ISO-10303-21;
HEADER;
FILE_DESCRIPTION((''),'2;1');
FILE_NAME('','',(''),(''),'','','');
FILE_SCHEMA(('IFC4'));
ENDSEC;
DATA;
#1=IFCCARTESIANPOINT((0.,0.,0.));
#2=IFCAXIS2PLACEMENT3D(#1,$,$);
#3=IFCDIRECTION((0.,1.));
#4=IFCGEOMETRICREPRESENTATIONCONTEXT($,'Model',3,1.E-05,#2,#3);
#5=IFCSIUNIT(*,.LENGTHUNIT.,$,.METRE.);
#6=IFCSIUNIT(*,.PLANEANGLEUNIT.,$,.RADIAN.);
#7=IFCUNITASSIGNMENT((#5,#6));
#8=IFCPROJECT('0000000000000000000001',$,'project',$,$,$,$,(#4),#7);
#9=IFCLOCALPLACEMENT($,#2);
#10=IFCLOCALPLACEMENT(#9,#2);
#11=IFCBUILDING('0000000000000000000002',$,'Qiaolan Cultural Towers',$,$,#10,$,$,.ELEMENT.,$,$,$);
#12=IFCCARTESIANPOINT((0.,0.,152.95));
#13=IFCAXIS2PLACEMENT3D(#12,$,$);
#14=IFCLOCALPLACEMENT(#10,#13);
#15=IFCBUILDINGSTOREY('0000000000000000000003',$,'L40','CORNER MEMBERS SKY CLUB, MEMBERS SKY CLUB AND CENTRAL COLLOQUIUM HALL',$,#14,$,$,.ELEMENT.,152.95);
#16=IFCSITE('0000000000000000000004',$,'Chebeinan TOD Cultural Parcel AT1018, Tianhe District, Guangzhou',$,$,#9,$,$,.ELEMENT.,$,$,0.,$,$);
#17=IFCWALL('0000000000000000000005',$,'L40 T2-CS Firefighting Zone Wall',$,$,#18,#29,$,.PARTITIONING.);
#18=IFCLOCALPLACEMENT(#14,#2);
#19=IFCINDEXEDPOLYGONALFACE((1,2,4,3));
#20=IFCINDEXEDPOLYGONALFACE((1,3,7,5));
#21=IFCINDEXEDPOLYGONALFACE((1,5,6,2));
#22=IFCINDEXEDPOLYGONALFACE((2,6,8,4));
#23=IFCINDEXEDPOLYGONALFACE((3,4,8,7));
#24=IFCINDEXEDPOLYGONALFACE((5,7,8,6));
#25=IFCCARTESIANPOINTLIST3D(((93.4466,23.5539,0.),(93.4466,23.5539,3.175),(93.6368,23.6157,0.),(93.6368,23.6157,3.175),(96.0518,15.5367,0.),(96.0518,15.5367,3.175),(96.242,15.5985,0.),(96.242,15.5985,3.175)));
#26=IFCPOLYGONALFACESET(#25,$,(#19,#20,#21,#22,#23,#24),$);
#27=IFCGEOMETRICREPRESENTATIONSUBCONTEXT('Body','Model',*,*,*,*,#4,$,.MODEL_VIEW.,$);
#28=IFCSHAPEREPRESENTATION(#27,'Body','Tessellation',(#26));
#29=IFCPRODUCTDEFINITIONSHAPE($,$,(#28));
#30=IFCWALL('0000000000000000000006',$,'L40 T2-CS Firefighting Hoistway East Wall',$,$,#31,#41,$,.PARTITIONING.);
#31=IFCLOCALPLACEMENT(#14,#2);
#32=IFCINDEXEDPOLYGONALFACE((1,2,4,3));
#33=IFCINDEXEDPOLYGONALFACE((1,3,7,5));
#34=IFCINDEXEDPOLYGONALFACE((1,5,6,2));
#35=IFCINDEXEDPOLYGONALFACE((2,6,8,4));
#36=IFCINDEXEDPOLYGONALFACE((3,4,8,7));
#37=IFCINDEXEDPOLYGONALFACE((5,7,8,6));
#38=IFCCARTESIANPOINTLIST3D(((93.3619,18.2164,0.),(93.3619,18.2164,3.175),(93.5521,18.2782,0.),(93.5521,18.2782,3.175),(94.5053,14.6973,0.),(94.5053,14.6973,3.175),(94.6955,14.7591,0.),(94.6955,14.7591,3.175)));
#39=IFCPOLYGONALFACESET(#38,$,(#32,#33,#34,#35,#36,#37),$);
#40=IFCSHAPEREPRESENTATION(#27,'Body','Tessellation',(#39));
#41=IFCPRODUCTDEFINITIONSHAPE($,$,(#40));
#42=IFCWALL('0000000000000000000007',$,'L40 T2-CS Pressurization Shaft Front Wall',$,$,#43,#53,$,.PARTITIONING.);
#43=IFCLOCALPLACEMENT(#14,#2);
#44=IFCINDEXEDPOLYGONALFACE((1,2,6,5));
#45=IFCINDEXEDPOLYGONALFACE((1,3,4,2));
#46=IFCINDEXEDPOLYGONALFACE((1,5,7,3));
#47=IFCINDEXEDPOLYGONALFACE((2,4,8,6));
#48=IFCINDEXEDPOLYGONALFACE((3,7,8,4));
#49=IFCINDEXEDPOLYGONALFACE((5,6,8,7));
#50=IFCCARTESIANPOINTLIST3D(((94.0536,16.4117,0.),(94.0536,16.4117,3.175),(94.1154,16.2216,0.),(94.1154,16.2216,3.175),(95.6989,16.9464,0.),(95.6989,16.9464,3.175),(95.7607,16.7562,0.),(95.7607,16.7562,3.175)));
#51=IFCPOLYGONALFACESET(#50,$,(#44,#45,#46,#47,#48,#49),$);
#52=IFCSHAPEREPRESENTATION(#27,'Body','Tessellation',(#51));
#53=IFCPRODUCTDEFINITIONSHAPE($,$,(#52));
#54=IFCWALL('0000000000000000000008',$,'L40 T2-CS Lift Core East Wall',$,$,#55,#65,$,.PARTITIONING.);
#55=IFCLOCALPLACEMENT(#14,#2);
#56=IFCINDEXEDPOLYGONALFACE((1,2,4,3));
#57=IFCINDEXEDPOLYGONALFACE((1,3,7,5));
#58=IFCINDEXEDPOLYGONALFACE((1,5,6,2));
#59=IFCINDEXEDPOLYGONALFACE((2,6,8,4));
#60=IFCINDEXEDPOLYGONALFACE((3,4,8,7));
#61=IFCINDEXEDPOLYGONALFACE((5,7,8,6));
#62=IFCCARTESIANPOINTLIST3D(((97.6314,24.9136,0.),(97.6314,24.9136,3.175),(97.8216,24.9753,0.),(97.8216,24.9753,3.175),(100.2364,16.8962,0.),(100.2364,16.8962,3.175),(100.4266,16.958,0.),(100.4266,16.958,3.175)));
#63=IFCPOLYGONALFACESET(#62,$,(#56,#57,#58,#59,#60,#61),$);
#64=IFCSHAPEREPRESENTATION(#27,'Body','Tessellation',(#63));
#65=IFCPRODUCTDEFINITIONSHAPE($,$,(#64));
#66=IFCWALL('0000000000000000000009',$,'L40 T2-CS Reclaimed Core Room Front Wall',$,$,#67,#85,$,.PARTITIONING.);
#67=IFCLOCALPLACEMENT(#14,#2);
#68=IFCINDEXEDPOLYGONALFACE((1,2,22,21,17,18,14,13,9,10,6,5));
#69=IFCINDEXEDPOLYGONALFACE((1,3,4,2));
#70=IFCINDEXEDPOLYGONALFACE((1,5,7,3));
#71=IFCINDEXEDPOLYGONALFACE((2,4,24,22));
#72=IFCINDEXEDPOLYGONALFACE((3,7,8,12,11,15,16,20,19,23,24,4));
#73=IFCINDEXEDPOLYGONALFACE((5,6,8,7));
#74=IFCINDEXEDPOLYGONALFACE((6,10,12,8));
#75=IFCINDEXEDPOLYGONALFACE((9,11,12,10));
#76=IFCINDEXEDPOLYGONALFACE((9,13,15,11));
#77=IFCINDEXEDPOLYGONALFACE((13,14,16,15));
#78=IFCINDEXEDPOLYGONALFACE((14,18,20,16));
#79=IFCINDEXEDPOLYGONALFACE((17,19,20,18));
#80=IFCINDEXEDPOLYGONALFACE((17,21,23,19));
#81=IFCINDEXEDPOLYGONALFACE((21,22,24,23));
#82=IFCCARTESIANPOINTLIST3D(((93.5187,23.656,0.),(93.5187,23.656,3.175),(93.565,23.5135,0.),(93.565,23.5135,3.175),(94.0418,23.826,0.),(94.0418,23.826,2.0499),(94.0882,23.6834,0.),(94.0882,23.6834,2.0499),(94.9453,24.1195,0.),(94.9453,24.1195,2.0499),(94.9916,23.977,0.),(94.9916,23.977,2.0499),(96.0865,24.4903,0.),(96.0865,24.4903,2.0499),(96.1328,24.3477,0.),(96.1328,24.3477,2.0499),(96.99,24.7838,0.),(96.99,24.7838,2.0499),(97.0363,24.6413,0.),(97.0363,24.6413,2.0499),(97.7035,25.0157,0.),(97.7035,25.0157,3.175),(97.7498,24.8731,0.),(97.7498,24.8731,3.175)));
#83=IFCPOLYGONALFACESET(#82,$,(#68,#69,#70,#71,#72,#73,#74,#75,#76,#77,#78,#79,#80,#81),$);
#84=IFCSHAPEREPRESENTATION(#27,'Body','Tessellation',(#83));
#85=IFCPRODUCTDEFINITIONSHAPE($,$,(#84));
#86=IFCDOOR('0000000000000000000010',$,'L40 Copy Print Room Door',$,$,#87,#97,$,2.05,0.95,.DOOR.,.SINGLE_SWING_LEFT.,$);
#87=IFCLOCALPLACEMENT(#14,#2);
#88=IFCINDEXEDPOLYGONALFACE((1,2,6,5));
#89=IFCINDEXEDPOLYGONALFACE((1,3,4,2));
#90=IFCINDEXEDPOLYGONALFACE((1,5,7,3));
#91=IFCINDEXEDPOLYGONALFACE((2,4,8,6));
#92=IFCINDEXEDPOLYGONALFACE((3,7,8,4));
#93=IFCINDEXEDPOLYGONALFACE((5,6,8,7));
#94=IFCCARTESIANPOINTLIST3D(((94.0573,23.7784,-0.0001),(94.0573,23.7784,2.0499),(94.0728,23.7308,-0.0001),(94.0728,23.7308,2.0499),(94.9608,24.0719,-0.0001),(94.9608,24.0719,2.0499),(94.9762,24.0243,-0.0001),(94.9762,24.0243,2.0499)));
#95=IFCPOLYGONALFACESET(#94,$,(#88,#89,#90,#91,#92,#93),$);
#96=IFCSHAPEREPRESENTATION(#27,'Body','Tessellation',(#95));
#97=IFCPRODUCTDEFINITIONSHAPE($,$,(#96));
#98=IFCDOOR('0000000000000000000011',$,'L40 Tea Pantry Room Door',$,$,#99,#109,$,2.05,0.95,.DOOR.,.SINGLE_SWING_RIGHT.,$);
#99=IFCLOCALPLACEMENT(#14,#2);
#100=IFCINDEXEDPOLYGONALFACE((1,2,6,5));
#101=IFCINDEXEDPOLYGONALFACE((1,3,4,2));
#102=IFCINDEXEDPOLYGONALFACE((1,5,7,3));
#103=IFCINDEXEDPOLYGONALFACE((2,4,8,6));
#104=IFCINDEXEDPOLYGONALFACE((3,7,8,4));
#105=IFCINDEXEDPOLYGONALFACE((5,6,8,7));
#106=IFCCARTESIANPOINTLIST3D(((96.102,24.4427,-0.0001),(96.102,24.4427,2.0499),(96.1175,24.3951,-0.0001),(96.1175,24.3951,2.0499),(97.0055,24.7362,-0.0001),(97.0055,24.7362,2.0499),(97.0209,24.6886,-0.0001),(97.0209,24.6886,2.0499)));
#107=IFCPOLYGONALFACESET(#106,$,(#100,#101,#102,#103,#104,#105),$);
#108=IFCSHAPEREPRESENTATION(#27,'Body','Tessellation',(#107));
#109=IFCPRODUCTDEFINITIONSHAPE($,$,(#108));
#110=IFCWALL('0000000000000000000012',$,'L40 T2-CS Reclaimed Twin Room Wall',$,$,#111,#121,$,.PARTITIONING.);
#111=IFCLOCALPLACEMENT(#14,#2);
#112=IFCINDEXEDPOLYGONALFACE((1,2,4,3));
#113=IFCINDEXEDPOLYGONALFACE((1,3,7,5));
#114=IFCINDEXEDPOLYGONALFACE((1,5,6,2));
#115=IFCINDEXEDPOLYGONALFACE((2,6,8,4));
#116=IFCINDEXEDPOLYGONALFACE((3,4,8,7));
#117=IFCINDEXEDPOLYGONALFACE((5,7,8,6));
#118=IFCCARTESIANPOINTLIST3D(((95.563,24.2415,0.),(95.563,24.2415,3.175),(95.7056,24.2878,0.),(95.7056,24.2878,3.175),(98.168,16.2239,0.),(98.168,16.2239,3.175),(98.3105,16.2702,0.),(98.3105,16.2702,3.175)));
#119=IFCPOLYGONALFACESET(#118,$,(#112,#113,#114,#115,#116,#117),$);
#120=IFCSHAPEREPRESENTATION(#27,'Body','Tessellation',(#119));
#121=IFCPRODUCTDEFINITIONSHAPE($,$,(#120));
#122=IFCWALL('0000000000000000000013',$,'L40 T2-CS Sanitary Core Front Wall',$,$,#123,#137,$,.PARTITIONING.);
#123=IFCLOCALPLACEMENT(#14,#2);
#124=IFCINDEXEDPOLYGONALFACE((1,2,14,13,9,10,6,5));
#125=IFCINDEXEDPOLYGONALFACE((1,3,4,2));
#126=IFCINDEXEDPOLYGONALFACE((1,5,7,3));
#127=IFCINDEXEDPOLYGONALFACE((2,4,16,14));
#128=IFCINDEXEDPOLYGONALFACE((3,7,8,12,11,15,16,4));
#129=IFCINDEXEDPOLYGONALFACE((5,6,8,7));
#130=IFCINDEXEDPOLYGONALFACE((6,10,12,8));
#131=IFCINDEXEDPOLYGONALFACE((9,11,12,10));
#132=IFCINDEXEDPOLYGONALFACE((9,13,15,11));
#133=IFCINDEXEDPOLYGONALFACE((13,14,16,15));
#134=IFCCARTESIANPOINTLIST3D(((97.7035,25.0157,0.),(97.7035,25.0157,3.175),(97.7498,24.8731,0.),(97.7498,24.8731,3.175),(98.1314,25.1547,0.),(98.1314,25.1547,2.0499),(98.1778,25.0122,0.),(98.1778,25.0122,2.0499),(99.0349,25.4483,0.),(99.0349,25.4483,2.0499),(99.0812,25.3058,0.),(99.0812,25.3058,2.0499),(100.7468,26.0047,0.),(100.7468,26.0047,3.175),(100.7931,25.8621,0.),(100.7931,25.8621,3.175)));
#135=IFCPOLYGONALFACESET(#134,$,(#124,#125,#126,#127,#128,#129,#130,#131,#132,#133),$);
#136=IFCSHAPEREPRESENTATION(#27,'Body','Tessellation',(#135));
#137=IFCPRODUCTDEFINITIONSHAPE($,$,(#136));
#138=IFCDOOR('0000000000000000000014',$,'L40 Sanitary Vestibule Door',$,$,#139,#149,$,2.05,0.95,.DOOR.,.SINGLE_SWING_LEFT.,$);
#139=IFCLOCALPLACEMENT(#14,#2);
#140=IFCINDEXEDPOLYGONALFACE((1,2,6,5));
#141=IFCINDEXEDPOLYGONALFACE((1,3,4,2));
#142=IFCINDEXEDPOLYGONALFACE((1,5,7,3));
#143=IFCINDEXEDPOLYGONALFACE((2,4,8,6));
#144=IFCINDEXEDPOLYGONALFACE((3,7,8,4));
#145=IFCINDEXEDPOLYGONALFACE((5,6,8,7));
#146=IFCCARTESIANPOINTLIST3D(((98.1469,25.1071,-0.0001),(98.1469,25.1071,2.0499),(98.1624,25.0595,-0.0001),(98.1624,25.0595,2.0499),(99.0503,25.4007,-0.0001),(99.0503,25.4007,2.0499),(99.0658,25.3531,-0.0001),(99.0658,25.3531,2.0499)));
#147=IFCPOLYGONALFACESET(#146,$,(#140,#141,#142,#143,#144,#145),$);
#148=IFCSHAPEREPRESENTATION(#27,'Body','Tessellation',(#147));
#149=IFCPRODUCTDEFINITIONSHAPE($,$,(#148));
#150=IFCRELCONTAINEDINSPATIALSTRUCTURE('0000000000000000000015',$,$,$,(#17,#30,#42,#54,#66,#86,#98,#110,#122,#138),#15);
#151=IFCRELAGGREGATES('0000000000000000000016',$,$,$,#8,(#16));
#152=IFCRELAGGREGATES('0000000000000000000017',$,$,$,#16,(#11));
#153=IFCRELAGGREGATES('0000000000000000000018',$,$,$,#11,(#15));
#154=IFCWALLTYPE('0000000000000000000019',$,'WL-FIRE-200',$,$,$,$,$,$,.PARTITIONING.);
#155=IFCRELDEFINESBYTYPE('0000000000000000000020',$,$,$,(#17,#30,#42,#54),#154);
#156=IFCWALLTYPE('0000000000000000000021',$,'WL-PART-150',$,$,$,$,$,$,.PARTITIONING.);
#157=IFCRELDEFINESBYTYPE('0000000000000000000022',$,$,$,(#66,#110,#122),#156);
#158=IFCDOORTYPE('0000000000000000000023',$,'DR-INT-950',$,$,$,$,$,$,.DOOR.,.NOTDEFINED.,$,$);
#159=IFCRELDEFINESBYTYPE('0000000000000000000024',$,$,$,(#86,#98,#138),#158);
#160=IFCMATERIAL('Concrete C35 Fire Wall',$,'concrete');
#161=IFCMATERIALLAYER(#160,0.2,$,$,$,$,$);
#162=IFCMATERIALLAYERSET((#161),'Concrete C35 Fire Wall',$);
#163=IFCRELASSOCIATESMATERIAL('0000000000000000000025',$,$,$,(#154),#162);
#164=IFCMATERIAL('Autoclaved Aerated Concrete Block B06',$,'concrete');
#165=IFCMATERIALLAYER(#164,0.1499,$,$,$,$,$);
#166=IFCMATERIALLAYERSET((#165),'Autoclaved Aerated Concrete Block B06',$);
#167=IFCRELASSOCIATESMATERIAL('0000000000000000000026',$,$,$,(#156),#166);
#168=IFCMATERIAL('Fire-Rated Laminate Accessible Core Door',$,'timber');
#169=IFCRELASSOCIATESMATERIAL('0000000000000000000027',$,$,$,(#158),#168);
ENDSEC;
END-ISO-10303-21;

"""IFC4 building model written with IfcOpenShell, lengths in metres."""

from ifc_helpers import new_model, si_unit, direction, frame, frame_2d, origin, place, context, subcontext, project, spatial, rectangle, extrude, material, layer, layer_set, type_object, element, fill, save


model = new_model("IFC4")

# Units and contexts
model_context = context("Model", 3, precision=1e-05, world=origin(), true_north=direction((0.0, 1.0)))
body_context = subcontext(model_context, "Body", "Model", "MODEL_VIEW")
ifc_project = project(units=[si_unit("LENGTHUNIT", "METRE"), si_unit("PLANEANGLEUNIT", "RADIAN")], contexts=[model_context])

# Site, building, storey
site_placement = place(None, origin())
site = spatial("IfcSite", under=ifc_project, at=site_placement, Name="Chebeinan TOD Cultural Parcel AT1018, Tianhe District, Guangzhou", CompositionType="ELEMENT", RefElevation=0.0)
building_placement = place(site_placement, origin())
building = spatial("IfcBuilding", under=site, at=building_placement, Name="Qiaolan Cultural Towers", CompositionType="ELEMENT")
storey_placement = place(building_placement, frame((0.0, 0.0, 152.95)))
storey = spatial("IfcBuildingStorey", under=building, at=storey_placement, Name="L40", Description="CORNER MEMBERS SKY CLUB, MEMBERS SKY CLUB AND CENTRAL COLLOQUIUM HALL", CompositionType="ELEMENT", Elevation=152.95)

# Walls
ifc_material_1 = material(Name="Concrete C35 Fire Wall", Category="concrete")
ifc_layer_1 = layer(ifc_material_1, 0.2)
ifc_layer_set_1 = layer_set([ifc_layer_1], Name="Concrete C35 Fire Wall")
wall_type_1 = type_object("IfcWallType", Name="WL-FIRE-200", PredefinedType="PARTITIONING", material=ifc_layer_set_1)
wall_1_placement = place(storey_placement, frame((93.5417, 23.5847, 0.0), z_axis=(0.0, 0.0, 1.0), x_axis=(0.309042, -0.951048, 0.0)))
element("IfcWall", 1, at=wall_1_placement, inside=storey, type_object=wall_type_1, Name="L40 T2-CS Firefighting Zone Wall", PredefinedType="PARTITIONING", context=body_context, shape_type="SweptSolid", body=[
    extrude(rectangle(XDim=8.4299, YDim=0.2, at=frame_2d((4.2148, 0.0))), origin(), (0.0, 0.0, 1.0), 3.175),
])
wall_2_placement = place(storey_placement, frame((93.457, 18.2473, 0.0), z_axis=(0.0, 0.0, 1.0), x_axis=(0.308994, -0.951064, 0.0)))
element("IfcWall", 2, at=wall_2_placement, inside=storey, type_object=wall_type_1, Name="L40 T2-CS Firefighting Hoistway East Wall", PredefinedType="PARTITIONING", context=body_context, shape_type="SweptSolid", body=[
    extrude(rectangle(XDim=3.7002, YDim=0.2, at=frame_2d((1.8501, 0.0))), origin(), (0.0, 0.0, 1.0), 3.175),
])
wall_3_placement = place(storey_placement, frame((94.0845, 16.3167, 0.0), z_axis=(0.0, 0.0, 1.0), x_axis=(0.951041, 0.309064, 0.0)))
element("IfcWall", 3, at=wall_3_placement, inside=storey, type_object=wall_type_1, Name="L40 T2-CS Pressurization Shaft Front Wall", PredefinedType="PARTITIONING", context=body_context, shape_type="SweptSolid", body=[
    extrude(rectangle(XDim=1.73, YDim=0.2, at=frame_2d((0.865, 0.0))), origin(), (0.0, 0.0, 1.0), 3.175),
])
wall_4_placement = place(storey_placement, frame((97.7266, 24.9443, 0.0), z_axis=(0.0, 0.0, 1.0), x_axis=(0.309016, -0.951057, 0.0)))
element("IfcWall", 4, at=wall_4_placement, inside=storey, type_object=wall_type_1, Name="L40 T2-CS Lift Core East Wall", PredefinedType="PARTITIONING", context=body_context, shape_type="SweptSolid", body=[
    extrude(rectangle(XDim=8.4299, YDim=0.2, at=frame_2d((4.2148, 0.0))), origin(), (0.0, 0.0, 1.0), 3.175),
])

# Wall, openings, doors
ifc_material_2 = material(Name="Autoclaved Aerated Concrete Block B06", Category="concrete")
ifc_layer_2 = layer(ifc_material_2, 0.1499)
ifc_layer_set_2 = layer_set([ifc_layer_2], Name="Autoclaved Aerated Concrete Block B06")
wall_type_2 = type_object("IfcWallType", Name="WL-PART-150", PredefinedType="PARTITIONING", material=ifc_layer_set_2)
wall_5_placement = place(storey_placement, frame((93.5417, 23.5847, 0.0), z_axis=(0.0, 0.0, 1.0), x_axis=(0.951064, 0.308994, 0.0)))
wall_5 = element("IfcWall", 5, at=wall_5_placement, inside=storey, type_object=wall_type_2, Name="L40 T2-CS Reclaimed Core Room Front Wall", PredefinedType="PARTITIONING", context=body_context, shape_type="SweptSolid", body=[
    extrude(rectangle(XDim=4.4001, YDim=0.1499, at=frame_2d((2.2002, 0.0))), origin(), (0.0, 0.0, 1.0), 3.175),
])
opening_1_placement = place(wall_5_placement, frame((0.55, 0.0, 0.0)))
opening_1 = element("IfcOpeningElement", 6, at=opening_1_placement, cuts=wall_5, PredefinedType="OPENING", context=body_context, shape_type="SweptSolid", body=[
    extrude(rectangle(XDim=0.95, YDim=2.05, at=frame_2d((0.4751, 1.0249))), frame((0.0, 0.085, 0.0), z_axis=(0.0, -1.0, 0.0), x_axis=(1.0, 0.0, 0.0)), (0.0, 0.0, 1.0), 0.1699),
])
opening_2_placement = place(wall_5_placement, frame((2.7, 0.0, 0.0)))
opening_2 = element("IfcOpeningElement", 7, at=opening_2_placement, cuts=wall_5, PredefinedType="OPENING", context=body_context, shape_type="SweptSolid", body=[
    extrude(rectangle(XDim=0.95, YDim=2.05, at=frame_2d((0.4751, 1.0249))), frame((0.0, 0.085, 0.0), z_axis=(0.0, -1.0, 0.0), x_axis=(1.0, 0.0, 0.0)), (0.0, 0.0, 1.0), 0.1699),
])
ifc_material_3 = material(Name="Fire-Rated Laminate Accessible Core Door", Category="timber")
door_type_1 = type_object("IfcDoorType", Name="DR-INT-950", OperationType="NOTDEFINED", PredefinedType="DOOR", material=ifc_material_3)
door_1_placement = place(opening_1_placement, origin())
door_1 = element("IfcDoor", 8, at=door_1_placement, inside=storey, type_object=door_type_1, Name="L40 Copy Print Room Door", OperationType="SINGLE_SWING_LEFT", OverallHeight=2.05, OverallWidth=0.95, PredefinedType="DOOR", context=body_context, shape_type="SweptSolid", body=[
    extrude(rectangle(XDim=0.95, YDim=2.05, at=frame_2d((0.4751, 1.0249))), frame((0.0, 0.0249, 0.0), z_axis=(0.0, -1.0, 0.0), x_axis=(1.0, 0.0, 0.0)), (0.0, 0.0, 1.0), 0.05),
])
fill(opening_1, door_1)
door_2_placement = place(opening_2_placement, origin())
door_2 = element("IfcDoor", 9, at=door_2_placement, inside=storey, type_object=door_type_1, Name="L40 Tea Pantry Room Door", OperationType="SINGLE_SWING_RIGHT", OverallHeight=2.05, OverallWidth=0.95, PredefinedType="DOOR", context=body_context, shape_type="SweptSolid", body=[
    extrude(rectangle(XDim=0.95, YDim=2.05, at=frame_2d((0.4751, 1.0249))), frame((0.0, 0.0249, 0.0), z_axis=(0.0, -1.0, 0.0), x_axis=(1.0, 0.0, 0.0)), (0.0, 0.0, 1.0), 0.05),
])
fill(opening_2, door_2)

# Wall
wall_6_placement = place(storey_placement, frame((95.6343, 24.2646, 0.0), z_axis=(0.0, 0.0, 1.0), x_axis=(0.309007, -0.95106, 0.0)))
element("IfcWall", 10, at=wall_6_placement, inside=storey, type_object=wall_type_2, Name="L40 T2-CS Reclaimed Twin Room Wall", PredefinedType="PARTITIONING", context=body_context, shape_type="SweptSolid", body=[
    extrude(rectangle(XDim=8.4302, YDim=0.1499, at=frame_2d((4.2151, 0.0))), origin(), (0.0, 0.0, 1.0), 3.175),
])

# Wall, opening, door
wall_7_placement = place(storey_placement, frame((97.7266, 24.9443, 0.0), z_axis=(0.0, 0.0, 1.0), x_axis=(0.951037, 0.309077, 0.0)))
wall_7 = element("IfcWall", 11, at=wall_7_placement, inside=storey, type_object=wall_type_2, Name="L40 T2-CS Sanitary Core Front Wall", PredefinedType="PARTITIONING", context=body_context, shape_type="SweptSolid", body=[
    extrude(rectangle(XDim=3.2, YDim=0.1499, at=frame_2d((1.6001, 0.0))), origin(), (0.0, 0.0, 1.0), 3.175),
])
opening_3_placement = place(wall_7_placement, frame((0.45, 0.0, 0.0)))
opening_3 = element("IfcOpeningElement", 12, at=opening_3_placement, cuts=wall_7, PredefinedType="OPENING", context=body_context, shape_type="SweptSolid", body=[
    extrude(rectangle(XDim=0.95, YDim=2.05, at=frame_2d((0.4751, 1.0249))), frame((0.0, 0.085, 0.0), z_axis=(0.0, -1.0, 0.0), x_axis=(1.0, 0.0, 0.0)), (0.0, 0.0, 1.0), 0.1699),
])
door_3_placement = place(opening_3_placement, origin())
door_3 = element("IfcDoor", 13, at=door_3_placement, inside=storey, type_object=door_type_1, Name="L40 Sanitary Vestibule Door", OperationType="SINGLE_SWING_LEFT", OverallHeight=2.05, OverallWidth=0.95, PredefinedType="DOOR", context=body_context, shape_type="SweptSolid", body=[
    extrude(rectangle(XDim=0.95, YDim=2.05, at=frame_2d((0.4751, 1.0249))), frame((0.0, 0.0249, 0.0), z_axis=(0.0, -1.0, 0.0), x_axis=(1.0, 0.0, 0.0)), (0.0, 0.0, 1.0), 0.05),
])
fill(opening_3, door_3)

save(model, "model.ifc")
